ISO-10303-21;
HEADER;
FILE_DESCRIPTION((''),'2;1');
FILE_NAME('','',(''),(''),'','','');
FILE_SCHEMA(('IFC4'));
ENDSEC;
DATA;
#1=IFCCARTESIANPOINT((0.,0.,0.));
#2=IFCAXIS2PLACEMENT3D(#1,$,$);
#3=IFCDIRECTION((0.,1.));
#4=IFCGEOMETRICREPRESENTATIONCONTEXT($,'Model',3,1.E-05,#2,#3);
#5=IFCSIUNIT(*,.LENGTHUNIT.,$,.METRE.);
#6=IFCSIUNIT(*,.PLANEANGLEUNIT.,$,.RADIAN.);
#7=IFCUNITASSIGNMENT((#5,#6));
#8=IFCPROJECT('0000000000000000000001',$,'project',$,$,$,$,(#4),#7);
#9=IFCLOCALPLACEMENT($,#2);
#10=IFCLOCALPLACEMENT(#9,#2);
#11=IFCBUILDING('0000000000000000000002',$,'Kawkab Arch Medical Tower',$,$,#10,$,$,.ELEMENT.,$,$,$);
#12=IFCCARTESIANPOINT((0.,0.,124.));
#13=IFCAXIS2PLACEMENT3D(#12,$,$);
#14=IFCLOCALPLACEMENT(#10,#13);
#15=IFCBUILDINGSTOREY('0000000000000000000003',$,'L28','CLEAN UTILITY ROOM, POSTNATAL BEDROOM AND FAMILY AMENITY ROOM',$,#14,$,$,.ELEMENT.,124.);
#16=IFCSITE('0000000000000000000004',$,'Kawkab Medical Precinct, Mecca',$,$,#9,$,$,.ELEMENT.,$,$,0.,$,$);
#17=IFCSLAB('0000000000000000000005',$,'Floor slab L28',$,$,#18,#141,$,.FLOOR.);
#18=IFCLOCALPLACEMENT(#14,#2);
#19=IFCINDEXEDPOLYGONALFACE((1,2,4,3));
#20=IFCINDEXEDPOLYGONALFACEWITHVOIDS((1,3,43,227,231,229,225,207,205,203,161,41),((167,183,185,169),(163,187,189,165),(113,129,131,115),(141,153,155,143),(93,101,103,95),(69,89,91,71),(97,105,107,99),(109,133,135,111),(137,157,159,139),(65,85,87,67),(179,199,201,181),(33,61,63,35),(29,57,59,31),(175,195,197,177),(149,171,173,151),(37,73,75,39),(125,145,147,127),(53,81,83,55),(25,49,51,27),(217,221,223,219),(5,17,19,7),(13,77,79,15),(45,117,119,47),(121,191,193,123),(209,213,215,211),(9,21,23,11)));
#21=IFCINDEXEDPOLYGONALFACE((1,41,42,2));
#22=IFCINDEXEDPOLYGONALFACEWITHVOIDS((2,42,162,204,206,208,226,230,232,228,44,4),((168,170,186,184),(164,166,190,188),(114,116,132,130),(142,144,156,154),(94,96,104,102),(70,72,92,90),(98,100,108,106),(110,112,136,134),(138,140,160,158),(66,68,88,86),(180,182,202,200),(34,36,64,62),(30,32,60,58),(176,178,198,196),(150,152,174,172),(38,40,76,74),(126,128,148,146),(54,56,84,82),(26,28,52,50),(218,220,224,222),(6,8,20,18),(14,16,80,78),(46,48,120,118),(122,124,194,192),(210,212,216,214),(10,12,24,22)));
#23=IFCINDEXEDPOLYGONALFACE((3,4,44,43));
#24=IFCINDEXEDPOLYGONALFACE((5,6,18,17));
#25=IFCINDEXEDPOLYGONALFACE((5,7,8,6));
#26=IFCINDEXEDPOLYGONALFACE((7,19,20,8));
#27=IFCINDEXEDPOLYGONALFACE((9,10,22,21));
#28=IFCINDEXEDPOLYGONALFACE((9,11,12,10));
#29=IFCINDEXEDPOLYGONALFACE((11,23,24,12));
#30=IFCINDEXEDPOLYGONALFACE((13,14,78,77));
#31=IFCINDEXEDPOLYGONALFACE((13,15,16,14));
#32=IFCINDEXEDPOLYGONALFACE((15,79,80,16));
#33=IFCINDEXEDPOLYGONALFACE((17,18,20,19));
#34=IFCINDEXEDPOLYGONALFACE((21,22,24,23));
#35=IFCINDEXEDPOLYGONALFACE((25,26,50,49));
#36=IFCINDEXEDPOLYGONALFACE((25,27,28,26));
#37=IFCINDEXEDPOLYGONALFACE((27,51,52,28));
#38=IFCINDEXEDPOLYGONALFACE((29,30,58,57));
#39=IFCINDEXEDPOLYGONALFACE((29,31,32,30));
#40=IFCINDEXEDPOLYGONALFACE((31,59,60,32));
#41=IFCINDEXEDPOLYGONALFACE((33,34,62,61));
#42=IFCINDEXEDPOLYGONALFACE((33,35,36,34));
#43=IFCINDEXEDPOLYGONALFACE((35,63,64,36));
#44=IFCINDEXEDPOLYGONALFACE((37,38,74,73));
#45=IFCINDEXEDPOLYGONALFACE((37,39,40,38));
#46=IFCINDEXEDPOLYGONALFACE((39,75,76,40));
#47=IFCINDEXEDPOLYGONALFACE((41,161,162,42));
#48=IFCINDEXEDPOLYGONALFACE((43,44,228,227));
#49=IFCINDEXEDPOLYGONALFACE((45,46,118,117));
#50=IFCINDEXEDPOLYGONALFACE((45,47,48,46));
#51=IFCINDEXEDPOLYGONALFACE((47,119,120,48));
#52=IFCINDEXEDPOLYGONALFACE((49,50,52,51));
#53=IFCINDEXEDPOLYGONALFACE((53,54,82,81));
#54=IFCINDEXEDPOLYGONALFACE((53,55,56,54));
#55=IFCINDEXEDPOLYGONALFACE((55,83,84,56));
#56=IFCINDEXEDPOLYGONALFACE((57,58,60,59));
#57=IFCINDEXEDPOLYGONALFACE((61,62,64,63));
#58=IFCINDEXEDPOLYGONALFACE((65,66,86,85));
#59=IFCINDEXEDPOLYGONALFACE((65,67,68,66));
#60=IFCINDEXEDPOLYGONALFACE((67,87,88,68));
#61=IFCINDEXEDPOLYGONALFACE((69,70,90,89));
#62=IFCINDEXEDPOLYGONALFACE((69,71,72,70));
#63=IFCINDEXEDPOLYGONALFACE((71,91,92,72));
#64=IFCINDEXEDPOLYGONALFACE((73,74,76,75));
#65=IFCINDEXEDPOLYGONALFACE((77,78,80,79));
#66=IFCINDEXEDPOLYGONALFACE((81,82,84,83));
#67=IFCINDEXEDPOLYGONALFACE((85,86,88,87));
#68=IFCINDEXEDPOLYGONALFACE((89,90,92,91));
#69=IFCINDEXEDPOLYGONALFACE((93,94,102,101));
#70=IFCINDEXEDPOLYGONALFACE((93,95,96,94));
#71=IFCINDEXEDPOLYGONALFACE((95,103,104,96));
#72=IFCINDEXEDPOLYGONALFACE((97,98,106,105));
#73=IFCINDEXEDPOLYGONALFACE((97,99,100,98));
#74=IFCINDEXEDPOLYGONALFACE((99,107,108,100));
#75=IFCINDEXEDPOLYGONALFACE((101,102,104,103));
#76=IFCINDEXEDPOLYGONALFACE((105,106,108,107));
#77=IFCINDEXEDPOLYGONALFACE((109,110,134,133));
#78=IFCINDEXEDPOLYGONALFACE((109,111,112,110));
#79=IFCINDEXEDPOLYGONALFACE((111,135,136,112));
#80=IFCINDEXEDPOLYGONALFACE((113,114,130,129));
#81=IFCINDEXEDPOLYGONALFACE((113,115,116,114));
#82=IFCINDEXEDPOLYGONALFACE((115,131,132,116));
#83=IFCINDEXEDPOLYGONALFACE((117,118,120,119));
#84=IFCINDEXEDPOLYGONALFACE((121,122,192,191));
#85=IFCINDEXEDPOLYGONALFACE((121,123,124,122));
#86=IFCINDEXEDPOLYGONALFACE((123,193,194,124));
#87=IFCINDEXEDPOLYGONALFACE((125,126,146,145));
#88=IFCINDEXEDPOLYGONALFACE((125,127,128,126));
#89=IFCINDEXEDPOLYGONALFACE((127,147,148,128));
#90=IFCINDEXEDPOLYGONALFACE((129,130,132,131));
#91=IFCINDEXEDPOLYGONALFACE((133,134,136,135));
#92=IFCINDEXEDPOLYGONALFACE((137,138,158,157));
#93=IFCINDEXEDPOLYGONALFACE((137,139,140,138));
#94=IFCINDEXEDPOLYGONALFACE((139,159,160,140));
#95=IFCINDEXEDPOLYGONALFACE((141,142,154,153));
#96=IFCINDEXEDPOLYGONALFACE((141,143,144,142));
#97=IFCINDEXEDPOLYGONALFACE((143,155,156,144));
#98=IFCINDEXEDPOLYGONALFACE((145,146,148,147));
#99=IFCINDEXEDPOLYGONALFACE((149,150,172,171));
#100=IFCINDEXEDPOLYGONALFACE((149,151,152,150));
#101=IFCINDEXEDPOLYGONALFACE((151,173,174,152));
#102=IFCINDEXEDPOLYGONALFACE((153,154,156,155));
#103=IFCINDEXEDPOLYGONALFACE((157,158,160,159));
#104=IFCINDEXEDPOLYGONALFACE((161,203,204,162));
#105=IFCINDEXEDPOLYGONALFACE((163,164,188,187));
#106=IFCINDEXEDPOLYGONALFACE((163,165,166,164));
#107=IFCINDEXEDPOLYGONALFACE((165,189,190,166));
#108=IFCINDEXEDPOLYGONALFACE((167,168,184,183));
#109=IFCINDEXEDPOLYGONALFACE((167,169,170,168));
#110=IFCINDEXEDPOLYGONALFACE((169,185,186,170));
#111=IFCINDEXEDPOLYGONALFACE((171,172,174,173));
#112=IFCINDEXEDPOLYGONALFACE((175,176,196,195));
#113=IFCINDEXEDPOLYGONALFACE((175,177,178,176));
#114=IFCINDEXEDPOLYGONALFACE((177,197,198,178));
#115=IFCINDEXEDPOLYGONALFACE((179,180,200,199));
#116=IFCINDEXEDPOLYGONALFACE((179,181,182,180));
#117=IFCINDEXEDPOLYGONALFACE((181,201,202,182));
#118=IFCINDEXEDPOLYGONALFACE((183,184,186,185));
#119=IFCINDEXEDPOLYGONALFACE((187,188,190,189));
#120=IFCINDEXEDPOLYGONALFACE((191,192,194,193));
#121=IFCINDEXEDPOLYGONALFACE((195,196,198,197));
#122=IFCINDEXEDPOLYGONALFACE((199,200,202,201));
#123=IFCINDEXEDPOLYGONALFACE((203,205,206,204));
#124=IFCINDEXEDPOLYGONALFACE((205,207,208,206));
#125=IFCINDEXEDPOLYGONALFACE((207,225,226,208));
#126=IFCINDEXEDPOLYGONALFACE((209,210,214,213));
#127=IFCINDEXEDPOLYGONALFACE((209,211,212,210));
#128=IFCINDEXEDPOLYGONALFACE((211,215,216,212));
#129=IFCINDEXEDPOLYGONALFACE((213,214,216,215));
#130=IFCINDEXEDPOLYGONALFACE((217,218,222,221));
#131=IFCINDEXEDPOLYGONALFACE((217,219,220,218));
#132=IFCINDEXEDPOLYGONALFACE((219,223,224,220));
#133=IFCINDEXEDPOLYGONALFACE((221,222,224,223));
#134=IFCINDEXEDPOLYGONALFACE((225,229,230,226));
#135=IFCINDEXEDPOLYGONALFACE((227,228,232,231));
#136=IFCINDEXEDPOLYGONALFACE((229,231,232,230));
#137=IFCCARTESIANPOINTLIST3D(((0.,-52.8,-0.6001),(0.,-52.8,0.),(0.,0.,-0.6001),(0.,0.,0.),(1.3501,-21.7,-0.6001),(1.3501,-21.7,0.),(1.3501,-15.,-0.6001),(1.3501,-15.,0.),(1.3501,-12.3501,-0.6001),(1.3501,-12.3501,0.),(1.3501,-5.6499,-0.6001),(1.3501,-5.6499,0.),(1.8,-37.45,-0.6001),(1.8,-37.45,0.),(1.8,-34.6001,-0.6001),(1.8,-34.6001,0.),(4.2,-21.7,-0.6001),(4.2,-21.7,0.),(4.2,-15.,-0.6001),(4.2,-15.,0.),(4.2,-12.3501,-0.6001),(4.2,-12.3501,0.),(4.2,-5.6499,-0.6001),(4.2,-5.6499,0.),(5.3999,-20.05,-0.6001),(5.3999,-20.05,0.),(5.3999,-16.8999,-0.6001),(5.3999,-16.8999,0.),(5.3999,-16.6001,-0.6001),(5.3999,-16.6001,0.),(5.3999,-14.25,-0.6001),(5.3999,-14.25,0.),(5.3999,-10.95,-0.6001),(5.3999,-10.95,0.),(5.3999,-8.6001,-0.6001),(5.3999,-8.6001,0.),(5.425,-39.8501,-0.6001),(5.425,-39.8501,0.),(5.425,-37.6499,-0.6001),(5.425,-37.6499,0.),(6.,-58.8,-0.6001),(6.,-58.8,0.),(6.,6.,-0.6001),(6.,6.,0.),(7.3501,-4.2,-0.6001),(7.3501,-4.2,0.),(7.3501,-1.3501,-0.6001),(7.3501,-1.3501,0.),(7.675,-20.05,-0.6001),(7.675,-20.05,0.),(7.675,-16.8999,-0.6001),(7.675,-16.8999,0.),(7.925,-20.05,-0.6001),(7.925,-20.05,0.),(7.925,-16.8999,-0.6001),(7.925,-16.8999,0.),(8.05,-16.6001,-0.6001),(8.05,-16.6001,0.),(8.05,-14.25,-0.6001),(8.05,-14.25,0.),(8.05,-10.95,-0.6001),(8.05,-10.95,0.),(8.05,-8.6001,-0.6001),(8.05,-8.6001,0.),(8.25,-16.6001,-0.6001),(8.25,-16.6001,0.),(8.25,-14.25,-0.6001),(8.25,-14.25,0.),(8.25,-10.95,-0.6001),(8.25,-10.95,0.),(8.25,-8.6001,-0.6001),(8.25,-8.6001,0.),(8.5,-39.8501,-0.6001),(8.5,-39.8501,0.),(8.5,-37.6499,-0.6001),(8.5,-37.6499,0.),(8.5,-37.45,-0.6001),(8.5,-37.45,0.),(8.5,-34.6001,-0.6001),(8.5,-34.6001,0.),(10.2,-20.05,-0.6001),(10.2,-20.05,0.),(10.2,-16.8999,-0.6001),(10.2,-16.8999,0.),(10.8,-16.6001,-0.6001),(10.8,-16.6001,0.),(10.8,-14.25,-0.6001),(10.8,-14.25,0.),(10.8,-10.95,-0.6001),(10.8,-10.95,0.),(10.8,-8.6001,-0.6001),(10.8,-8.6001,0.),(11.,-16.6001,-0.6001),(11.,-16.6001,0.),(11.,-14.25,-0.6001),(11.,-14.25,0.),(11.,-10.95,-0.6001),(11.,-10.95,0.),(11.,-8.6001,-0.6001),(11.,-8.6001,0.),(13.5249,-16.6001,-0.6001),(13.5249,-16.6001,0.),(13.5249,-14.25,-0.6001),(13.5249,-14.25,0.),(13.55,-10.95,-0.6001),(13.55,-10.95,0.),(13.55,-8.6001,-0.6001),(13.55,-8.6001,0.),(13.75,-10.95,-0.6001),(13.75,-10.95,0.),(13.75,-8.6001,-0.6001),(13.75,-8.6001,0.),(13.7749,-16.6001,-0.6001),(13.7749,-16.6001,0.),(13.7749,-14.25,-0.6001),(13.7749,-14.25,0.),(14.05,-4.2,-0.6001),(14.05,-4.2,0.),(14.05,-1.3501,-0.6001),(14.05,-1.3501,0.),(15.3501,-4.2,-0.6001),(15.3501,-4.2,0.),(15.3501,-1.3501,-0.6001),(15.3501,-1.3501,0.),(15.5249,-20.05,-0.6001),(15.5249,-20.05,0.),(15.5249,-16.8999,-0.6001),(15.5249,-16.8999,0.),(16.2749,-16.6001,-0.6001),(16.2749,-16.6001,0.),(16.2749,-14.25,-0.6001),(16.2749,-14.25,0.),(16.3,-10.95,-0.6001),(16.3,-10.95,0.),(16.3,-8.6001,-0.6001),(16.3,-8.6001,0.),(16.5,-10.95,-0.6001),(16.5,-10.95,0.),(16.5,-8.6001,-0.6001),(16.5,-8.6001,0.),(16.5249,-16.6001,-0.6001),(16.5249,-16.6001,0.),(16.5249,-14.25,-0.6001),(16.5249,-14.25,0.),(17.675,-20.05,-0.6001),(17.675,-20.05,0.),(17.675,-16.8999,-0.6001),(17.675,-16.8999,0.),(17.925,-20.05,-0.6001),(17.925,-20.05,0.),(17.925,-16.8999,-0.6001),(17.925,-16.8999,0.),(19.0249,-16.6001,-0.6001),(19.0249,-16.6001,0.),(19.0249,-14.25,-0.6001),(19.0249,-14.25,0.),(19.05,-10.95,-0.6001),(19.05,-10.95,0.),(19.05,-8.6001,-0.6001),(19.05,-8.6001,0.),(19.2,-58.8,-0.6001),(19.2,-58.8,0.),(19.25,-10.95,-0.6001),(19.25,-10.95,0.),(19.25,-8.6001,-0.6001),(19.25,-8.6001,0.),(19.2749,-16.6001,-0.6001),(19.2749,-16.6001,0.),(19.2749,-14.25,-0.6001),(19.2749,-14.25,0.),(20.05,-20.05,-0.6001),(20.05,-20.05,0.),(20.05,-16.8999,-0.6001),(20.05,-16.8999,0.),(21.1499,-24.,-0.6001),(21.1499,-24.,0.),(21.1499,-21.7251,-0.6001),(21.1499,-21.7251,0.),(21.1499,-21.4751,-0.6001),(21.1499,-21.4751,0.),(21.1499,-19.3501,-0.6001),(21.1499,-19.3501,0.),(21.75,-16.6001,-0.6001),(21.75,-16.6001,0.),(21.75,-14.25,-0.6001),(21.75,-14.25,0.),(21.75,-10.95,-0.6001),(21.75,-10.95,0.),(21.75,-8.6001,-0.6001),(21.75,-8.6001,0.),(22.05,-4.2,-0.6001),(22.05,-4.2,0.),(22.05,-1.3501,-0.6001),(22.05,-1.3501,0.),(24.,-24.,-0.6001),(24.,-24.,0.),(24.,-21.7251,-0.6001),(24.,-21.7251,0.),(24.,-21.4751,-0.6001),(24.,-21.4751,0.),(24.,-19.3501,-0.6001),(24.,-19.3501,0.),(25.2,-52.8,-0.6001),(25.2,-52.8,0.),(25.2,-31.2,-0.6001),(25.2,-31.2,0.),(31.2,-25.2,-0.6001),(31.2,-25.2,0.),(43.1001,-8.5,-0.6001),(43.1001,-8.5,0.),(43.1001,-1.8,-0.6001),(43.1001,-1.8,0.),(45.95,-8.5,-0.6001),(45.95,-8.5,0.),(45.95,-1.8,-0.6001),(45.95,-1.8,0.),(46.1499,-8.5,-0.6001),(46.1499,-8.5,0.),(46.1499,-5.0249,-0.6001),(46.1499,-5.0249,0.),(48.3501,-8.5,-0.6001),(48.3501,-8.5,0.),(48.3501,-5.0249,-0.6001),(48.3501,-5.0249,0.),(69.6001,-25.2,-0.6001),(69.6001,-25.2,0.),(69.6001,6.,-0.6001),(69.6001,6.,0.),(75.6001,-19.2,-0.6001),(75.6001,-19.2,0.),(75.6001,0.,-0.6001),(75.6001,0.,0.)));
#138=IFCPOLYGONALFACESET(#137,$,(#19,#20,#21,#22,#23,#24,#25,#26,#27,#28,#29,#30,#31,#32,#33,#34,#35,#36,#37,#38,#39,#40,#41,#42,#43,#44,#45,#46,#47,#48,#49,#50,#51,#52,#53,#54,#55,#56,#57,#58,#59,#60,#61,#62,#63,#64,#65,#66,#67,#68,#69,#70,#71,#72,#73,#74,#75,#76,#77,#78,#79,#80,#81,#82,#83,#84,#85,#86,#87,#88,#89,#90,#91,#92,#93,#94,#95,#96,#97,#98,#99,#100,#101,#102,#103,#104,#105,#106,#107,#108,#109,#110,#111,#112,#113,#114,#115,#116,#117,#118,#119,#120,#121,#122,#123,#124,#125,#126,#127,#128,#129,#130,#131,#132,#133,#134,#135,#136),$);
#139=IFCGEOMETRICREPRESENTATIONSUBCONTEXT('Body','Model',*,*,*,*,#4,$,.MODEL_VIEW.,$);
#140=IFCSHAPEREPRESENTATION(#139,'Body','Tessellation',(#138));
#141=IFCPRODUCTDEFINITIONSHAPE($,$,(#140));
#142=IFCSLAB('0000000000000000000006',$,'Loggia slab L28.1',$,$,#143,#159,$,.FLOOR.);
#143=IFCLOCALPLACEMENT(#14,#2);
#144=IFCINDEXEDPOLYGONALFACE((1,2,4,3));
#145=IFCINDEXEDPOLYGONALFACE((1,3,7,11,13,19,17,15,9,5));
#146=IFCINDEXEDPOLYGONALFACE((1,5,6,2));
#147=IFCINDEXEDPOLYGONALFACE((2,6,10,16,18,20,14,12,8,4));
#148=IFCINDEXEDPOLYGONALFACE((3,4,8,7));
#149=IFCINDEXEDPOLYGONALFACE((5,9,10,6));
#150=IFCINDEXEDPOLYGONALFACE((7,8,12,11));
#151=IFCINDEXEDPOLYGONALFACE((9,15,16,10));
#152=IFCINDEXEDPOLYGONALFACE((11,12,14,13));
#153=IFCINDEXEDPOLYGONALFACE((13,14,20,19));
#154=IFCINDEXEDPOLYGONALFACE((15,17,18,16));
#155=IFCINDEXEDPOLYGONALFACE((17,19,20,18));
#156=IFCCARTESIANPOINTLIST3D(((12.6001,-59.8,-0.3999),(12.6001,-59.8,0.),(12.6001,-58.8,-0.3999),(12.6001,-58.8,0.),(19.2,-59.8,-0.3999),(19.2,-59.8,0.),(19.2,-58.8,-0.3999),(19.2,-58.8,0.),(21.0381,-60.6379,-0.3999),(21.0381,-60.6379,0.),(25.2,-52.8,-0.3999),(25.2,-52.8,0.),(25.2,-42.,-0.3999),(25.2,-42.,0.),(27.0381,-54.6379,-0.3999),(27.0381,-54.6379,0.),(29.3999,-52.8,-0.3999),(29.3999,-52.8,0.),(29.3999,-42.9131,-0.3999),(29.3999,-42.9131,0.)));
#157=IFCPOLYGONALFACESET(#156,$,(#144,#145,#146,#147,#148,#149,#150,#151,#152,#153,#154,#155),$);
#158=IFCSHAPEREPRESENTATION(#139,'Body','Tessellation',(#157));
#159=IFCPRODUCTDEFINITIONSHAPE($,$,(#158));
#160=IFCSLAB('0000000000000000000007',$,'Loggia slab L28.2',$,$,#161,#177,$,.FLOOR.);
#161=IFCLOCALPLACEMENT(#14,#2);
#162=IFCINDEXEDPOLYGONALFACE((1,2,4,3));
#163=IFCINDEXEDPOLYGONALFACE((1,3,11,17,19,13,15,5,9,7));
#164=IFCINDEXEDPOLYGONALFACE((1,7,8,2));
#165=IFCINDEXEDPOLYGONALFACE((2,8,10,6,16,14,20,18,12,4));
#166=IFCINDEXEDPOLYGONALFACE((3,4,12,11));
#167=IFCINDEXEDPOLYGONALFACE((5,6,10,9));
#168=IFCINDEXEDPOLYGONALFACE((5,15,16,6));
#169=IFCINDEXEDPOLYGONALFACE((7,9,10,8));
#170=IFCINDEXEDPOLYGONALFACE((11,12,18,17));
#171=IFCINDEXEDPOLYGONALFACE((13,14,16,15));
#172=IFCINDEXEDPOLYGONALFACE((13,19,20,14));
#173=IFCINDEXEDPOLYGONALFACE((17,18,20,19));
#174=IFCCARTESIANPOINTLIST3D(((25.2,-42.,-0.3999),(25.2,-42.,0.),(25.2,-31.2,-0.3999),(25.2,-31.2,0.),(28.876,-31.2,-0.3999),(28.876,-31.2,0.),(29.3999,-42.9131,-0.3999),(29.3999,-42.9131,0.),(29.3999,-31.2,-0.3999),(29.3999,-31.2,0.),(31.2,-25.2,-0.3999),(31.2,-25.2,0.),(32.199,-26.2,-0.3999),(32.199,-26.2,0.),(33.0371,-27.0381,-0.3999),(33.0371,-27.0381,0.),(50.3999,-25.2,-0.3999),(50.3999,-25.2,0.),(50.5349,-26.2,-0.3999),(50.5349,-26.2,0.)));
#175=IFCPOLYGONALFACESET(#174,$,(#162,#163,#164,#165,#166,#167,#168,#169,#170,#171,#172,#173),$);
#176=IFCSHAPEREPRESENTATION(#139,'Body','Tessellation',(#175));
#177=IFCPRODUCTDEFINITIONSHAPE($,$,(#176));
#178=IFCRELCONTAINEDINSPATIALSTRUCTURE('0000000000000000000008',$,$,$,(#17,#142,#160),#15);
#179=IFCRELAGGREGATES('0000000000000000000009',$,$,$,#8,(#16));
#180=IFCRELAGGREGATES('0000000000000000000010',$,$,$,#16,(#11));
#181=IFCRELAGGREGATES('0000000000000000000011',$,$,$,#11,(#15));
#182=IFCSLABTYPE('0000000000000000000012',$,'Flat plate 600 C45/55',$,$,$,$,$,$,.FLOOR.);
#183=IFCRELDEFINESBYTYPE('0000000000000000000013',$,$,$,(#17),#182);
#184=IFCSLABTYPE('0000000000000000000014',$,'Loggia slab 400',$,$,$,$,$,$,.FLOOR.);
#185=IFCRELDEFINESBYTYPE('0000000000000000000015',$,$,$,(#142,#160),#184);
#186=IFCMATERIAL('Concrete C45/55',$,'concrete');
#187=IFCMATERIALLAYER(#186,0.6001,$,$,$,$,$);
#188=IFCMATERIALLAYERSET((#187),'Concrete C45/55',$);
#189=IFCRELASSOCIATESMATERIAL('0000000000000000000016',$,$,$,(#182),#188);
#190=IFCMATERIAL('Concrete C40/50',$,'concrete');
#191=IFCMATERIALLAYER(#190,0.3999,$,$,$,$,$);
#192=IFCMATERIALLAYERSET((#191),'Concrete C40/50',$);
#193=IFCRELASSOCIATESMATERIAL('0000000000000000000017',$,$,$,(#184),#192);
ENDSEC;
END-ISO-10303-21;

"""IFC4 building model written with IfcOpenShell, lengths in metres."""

from ifc_helpers import new_model, si_unit, direction, frame, origin, place, context, subcontext, project, spatial, polyline, outline, extrude, material, layer, layer_set, type_object, element, save


model = new_model("IFC4")

# Units and contexts
model_context = context("Model", 3, precision=1e-05, world=origin(), true_north=direction((0.0, 1.0)))
body_context = subcontext(model_context, "Body", "Model", "MODEL_VIEW")
ifc_project = project(units=[si_unit("LENGTHUNIT", "METRE"), si_unit("PLANEANGLEUNIT", "RADIAN")], contexts=[model_context])

# Site, building, storey
site_placement = place(None, origin())
site = spatial("IfcSite", under=ifc_project, at=site_placement, Name="Kawkab Medical Precinct, Mecca", CompositionType="ELEMENT", RefElevation=0.0)
building_placement = place(site_placement, origin())
building = spatial("IfcBuilding", under=site, at=building_placement, Name="Kawkab Arch Medical Tower", CompositionType="ELEMENT")
storey_placement = place(building_placement, frame((0.0, 0.0, 124.0)))
storey = spatial("IfcBuildingStorey", under=building, at=storey_placement, Name="L28", Description="CLEAN UTILITY ROOM, POSTNATAL BEDROOM AND FAMILY AMENITY ROOM", CompositionType="ELEMENT", Elevation=124.0)

# Slabs
ifc_material_1 = material(Name="Concrete C45/55", Category="concrete")
ifc_layer_1 = layer(ifc_material_1, 0.6001)
ifc_layer_set_1 = layer_set([ifc_layer_1], Name="Concrete C45/55")
slab_type_1 = type_object("IfcSlabType", Name="Flat plate 600 C45/55", PredefinedType="FLOOR", material=ifc_layer_set_1)
slab_1_placement = place(storey_placement, frame((0.0, 0.0, -0.6001)))
element("IfcSlab", 1, at=slab_1_placement, inside=storey, type_object=slab_type_1, Name="Floor slab L28", PredefinedType="FLOOR", context=body_context, shape_type="SweptSolid", body=[
    extrude(outline(polyline([(6.0, 6.0), (69.6001, 6.0), (75.6001, 0.0), (75.6001, -19.2), (69.6001, -25.2), (31.2, -25.2), (25.2, -31.2), (25.2, -52.8), (19.2, -58.8), (6.0, -58.8), (0.0, -52.8), (0.0, 0.0), (6.0, 6.0)]), holes=[polyline([(5.425, -37.6499), (5.425, -39.8501), (8.5, -39.8501), (8.5, -37.6499), (5.425, -37.6499)]), polyline([(1.8, -37.45), (8.5, -37.45), (8.5, -34.6001), (1.8, -34.6001), (1.8, -37.45)]), polyline([(5.3999, -16.8999), (5.3999, -20.05), (7.675, -20.05), (7.675, -16.8999), (5.3999, -16.8999)]), polyline([(10.2, -16.8999), (7.925, -16.8999), (7.925, -20.05), (10.2, -20.05), (10.2, -16.8999)]), polyline([(4.2, -21.7), (4.2, -15.0), (1.3501, -15.0), (1.3501, -21.7), (4.2, -21.7)]), polyline([(5.3999, -14.25), (5.3999, -16.6001), (8.05, -16.6001), (8.05, -14.25), (5.3999, -14.25)]), polyline([(8.25, -16.6001), (10.8, -16.6001), (10.8, -14.25), (8.25, -14.25), (8.25, -16.6001)]), polyline([(13.5249, -16.6001), (13.5249, -14.25), (11.0, -14.25), (11.0, -16.6001), (13.5249, -16.6001)]), polyline([(5.3999, -8.6001), (5.3999, -10.95), (8.05, -10.95), (8.05, -8.6001), (5.3999, -8.6001)]), polyline([(8.25, -10.95), (10.8, -10.95), (10.8, -8.6001), (8.25, -8.6001), (8.25, -10.95)]), polyline([(13.55, -8.6001), (11.0, -8.6001), (11.0, -10.95), (13.55, -10.95), (13.55, -8.6001)]), polyline([(4.2, -12.3501), (4.2, -5.6499), (1.3501, -5.6499), (1.3501, -12.3501), (4.2, -12.3501)]), polyline([(7.3501, -4.2), (14.05, -4.2), (14.05, -1.3501), (7.3501, -1.3501), (7.3501, -4.2)]), polyline([(24.0, -21.7251), (21.1499, -21.7251), (21.1499, -24.0), (24.0, -24.0), (24.0, -21.7251)]), polyline([(24.0, -21.4751), (24.0, -19.3501), (21.1499, -19.3501), (21.1499, -21.4751), (24.0, -21.4751)]), polyline([(17.675, -20.05), (17.675, -16.8999), (15.5249, -16.8999), (15.5249, -20.05), (17.675, -20.05)]), polyline([(20.05, -16.8999), (17.925, -16.8999), (17.925, -20.05), (20.05, -20.05), (20.05, -16.8999)]), polyline([(13.7749, -16.6001), (16.2749, -16.6001), (16.2749, -14.25), (13.7749, -14.25), (13.7749, -16.6001)]), polyline([(16.5249, -16.6001), (19.0249, -16.6001), (19.0249, -14.25), (16.5249, -14.25), (16.5249, -16.6001)]), polyline([(21.75, -14.25), (19.2749, -14.25), (19.2749, -16.6001), (21.75, -16.6001), (21.75, -14.25)]), polyline([(16.3, -10.95), (16.3, -8.6001), (13.75, -8.6001), (13.75, -10.95), (16.3, -10.95)]), polyline([(19.05, -10.95), (19.05, -8.6001), (16.5, -8.6001), (16.5, -10.95), (19.05, -10.95)]), polyline([(21.75, -8.6001), (19.25, -8.6001), (19.25, -10.95), (21.75, -10.95), (21.75, -8.6001)]), polyline([(46.1499, -5.0249), (46.1499, -8.5), (48.3501, -8.5), (48.3501, -5.0249), (46.1499, -5.0249)]), polyline([(43.1001, -1.8), (43.1001, -8.5), (45.95, -8.5), (45.95, -1.8), (43.1001, -1.8)]), polyline([(22.05, -1.3501), (15.3501, -1.3501), (15.3501, -4.2), (22.05, -4.2), (22.05, -1.3501)])]), origin(), (0.0, 0.0, 1.0), 0.6001),
])
ifc_material_2 = material(Name="Concrete C40/50", Category="concrete")
ifc_layer_2 = layer(ifc_material_2, 0.3999)
ifc_layer_set_2 = layer_set([ifc_layer_2], Name="Concrete C40/50")
slab_type_2 = type_object("IfcSlabType", Name="Loggia slab 400", PredefinedType="FLOOR", material=ifc_layer_set_2)
placement_1 = place(storey_placement, frame((0.0, 0.0, -0.3999)))
element("IfcSlab", 2, at=placement_1, inside=storey, type_object=slab_type_2, Name="Loggia slab L28.1", PredefinedType="FLOOR", context=body_context, shape_type="SweptSolid", body=[
    extrude(outline(polyline([(19.2, -59.8), (12.6001, -59.8), (12.6001, -58.8), (19.2, -58.8), (25.2, -52.8), (25.2, -42.0), (29.3999, -42.9131), (29.3999, -52.8), (27.0381, -54.6379), (21.0381, -60.6379), (19.2, -59.8)])), origin(), (0.0, 0.0, 1.0), 0.3999),
])
element("IfcSlab", 3, at=placement_1, inside=storey, type_object=slab_type_2, Name="Loggia slab L28.2", PredefinedType="FLOOR", context=body_context, shape_type="SweptSolid", body=[
    extrude(outline(polyline([(33.0371, -27.0381), (28.876, -31.2), (29.3999, -31.2), (29.3999, -42.9131), (25.2, -42.0), (25.2, -31.2), (31.2, -25.2), (50.3999, -25.2), (50.5349, -26.2), (32.199, -26.2), (33.0371, -27.0381)])), origin(), (0.0, 0.0, 1.0), 0.3999),
])

save(model, "model.ifc")
